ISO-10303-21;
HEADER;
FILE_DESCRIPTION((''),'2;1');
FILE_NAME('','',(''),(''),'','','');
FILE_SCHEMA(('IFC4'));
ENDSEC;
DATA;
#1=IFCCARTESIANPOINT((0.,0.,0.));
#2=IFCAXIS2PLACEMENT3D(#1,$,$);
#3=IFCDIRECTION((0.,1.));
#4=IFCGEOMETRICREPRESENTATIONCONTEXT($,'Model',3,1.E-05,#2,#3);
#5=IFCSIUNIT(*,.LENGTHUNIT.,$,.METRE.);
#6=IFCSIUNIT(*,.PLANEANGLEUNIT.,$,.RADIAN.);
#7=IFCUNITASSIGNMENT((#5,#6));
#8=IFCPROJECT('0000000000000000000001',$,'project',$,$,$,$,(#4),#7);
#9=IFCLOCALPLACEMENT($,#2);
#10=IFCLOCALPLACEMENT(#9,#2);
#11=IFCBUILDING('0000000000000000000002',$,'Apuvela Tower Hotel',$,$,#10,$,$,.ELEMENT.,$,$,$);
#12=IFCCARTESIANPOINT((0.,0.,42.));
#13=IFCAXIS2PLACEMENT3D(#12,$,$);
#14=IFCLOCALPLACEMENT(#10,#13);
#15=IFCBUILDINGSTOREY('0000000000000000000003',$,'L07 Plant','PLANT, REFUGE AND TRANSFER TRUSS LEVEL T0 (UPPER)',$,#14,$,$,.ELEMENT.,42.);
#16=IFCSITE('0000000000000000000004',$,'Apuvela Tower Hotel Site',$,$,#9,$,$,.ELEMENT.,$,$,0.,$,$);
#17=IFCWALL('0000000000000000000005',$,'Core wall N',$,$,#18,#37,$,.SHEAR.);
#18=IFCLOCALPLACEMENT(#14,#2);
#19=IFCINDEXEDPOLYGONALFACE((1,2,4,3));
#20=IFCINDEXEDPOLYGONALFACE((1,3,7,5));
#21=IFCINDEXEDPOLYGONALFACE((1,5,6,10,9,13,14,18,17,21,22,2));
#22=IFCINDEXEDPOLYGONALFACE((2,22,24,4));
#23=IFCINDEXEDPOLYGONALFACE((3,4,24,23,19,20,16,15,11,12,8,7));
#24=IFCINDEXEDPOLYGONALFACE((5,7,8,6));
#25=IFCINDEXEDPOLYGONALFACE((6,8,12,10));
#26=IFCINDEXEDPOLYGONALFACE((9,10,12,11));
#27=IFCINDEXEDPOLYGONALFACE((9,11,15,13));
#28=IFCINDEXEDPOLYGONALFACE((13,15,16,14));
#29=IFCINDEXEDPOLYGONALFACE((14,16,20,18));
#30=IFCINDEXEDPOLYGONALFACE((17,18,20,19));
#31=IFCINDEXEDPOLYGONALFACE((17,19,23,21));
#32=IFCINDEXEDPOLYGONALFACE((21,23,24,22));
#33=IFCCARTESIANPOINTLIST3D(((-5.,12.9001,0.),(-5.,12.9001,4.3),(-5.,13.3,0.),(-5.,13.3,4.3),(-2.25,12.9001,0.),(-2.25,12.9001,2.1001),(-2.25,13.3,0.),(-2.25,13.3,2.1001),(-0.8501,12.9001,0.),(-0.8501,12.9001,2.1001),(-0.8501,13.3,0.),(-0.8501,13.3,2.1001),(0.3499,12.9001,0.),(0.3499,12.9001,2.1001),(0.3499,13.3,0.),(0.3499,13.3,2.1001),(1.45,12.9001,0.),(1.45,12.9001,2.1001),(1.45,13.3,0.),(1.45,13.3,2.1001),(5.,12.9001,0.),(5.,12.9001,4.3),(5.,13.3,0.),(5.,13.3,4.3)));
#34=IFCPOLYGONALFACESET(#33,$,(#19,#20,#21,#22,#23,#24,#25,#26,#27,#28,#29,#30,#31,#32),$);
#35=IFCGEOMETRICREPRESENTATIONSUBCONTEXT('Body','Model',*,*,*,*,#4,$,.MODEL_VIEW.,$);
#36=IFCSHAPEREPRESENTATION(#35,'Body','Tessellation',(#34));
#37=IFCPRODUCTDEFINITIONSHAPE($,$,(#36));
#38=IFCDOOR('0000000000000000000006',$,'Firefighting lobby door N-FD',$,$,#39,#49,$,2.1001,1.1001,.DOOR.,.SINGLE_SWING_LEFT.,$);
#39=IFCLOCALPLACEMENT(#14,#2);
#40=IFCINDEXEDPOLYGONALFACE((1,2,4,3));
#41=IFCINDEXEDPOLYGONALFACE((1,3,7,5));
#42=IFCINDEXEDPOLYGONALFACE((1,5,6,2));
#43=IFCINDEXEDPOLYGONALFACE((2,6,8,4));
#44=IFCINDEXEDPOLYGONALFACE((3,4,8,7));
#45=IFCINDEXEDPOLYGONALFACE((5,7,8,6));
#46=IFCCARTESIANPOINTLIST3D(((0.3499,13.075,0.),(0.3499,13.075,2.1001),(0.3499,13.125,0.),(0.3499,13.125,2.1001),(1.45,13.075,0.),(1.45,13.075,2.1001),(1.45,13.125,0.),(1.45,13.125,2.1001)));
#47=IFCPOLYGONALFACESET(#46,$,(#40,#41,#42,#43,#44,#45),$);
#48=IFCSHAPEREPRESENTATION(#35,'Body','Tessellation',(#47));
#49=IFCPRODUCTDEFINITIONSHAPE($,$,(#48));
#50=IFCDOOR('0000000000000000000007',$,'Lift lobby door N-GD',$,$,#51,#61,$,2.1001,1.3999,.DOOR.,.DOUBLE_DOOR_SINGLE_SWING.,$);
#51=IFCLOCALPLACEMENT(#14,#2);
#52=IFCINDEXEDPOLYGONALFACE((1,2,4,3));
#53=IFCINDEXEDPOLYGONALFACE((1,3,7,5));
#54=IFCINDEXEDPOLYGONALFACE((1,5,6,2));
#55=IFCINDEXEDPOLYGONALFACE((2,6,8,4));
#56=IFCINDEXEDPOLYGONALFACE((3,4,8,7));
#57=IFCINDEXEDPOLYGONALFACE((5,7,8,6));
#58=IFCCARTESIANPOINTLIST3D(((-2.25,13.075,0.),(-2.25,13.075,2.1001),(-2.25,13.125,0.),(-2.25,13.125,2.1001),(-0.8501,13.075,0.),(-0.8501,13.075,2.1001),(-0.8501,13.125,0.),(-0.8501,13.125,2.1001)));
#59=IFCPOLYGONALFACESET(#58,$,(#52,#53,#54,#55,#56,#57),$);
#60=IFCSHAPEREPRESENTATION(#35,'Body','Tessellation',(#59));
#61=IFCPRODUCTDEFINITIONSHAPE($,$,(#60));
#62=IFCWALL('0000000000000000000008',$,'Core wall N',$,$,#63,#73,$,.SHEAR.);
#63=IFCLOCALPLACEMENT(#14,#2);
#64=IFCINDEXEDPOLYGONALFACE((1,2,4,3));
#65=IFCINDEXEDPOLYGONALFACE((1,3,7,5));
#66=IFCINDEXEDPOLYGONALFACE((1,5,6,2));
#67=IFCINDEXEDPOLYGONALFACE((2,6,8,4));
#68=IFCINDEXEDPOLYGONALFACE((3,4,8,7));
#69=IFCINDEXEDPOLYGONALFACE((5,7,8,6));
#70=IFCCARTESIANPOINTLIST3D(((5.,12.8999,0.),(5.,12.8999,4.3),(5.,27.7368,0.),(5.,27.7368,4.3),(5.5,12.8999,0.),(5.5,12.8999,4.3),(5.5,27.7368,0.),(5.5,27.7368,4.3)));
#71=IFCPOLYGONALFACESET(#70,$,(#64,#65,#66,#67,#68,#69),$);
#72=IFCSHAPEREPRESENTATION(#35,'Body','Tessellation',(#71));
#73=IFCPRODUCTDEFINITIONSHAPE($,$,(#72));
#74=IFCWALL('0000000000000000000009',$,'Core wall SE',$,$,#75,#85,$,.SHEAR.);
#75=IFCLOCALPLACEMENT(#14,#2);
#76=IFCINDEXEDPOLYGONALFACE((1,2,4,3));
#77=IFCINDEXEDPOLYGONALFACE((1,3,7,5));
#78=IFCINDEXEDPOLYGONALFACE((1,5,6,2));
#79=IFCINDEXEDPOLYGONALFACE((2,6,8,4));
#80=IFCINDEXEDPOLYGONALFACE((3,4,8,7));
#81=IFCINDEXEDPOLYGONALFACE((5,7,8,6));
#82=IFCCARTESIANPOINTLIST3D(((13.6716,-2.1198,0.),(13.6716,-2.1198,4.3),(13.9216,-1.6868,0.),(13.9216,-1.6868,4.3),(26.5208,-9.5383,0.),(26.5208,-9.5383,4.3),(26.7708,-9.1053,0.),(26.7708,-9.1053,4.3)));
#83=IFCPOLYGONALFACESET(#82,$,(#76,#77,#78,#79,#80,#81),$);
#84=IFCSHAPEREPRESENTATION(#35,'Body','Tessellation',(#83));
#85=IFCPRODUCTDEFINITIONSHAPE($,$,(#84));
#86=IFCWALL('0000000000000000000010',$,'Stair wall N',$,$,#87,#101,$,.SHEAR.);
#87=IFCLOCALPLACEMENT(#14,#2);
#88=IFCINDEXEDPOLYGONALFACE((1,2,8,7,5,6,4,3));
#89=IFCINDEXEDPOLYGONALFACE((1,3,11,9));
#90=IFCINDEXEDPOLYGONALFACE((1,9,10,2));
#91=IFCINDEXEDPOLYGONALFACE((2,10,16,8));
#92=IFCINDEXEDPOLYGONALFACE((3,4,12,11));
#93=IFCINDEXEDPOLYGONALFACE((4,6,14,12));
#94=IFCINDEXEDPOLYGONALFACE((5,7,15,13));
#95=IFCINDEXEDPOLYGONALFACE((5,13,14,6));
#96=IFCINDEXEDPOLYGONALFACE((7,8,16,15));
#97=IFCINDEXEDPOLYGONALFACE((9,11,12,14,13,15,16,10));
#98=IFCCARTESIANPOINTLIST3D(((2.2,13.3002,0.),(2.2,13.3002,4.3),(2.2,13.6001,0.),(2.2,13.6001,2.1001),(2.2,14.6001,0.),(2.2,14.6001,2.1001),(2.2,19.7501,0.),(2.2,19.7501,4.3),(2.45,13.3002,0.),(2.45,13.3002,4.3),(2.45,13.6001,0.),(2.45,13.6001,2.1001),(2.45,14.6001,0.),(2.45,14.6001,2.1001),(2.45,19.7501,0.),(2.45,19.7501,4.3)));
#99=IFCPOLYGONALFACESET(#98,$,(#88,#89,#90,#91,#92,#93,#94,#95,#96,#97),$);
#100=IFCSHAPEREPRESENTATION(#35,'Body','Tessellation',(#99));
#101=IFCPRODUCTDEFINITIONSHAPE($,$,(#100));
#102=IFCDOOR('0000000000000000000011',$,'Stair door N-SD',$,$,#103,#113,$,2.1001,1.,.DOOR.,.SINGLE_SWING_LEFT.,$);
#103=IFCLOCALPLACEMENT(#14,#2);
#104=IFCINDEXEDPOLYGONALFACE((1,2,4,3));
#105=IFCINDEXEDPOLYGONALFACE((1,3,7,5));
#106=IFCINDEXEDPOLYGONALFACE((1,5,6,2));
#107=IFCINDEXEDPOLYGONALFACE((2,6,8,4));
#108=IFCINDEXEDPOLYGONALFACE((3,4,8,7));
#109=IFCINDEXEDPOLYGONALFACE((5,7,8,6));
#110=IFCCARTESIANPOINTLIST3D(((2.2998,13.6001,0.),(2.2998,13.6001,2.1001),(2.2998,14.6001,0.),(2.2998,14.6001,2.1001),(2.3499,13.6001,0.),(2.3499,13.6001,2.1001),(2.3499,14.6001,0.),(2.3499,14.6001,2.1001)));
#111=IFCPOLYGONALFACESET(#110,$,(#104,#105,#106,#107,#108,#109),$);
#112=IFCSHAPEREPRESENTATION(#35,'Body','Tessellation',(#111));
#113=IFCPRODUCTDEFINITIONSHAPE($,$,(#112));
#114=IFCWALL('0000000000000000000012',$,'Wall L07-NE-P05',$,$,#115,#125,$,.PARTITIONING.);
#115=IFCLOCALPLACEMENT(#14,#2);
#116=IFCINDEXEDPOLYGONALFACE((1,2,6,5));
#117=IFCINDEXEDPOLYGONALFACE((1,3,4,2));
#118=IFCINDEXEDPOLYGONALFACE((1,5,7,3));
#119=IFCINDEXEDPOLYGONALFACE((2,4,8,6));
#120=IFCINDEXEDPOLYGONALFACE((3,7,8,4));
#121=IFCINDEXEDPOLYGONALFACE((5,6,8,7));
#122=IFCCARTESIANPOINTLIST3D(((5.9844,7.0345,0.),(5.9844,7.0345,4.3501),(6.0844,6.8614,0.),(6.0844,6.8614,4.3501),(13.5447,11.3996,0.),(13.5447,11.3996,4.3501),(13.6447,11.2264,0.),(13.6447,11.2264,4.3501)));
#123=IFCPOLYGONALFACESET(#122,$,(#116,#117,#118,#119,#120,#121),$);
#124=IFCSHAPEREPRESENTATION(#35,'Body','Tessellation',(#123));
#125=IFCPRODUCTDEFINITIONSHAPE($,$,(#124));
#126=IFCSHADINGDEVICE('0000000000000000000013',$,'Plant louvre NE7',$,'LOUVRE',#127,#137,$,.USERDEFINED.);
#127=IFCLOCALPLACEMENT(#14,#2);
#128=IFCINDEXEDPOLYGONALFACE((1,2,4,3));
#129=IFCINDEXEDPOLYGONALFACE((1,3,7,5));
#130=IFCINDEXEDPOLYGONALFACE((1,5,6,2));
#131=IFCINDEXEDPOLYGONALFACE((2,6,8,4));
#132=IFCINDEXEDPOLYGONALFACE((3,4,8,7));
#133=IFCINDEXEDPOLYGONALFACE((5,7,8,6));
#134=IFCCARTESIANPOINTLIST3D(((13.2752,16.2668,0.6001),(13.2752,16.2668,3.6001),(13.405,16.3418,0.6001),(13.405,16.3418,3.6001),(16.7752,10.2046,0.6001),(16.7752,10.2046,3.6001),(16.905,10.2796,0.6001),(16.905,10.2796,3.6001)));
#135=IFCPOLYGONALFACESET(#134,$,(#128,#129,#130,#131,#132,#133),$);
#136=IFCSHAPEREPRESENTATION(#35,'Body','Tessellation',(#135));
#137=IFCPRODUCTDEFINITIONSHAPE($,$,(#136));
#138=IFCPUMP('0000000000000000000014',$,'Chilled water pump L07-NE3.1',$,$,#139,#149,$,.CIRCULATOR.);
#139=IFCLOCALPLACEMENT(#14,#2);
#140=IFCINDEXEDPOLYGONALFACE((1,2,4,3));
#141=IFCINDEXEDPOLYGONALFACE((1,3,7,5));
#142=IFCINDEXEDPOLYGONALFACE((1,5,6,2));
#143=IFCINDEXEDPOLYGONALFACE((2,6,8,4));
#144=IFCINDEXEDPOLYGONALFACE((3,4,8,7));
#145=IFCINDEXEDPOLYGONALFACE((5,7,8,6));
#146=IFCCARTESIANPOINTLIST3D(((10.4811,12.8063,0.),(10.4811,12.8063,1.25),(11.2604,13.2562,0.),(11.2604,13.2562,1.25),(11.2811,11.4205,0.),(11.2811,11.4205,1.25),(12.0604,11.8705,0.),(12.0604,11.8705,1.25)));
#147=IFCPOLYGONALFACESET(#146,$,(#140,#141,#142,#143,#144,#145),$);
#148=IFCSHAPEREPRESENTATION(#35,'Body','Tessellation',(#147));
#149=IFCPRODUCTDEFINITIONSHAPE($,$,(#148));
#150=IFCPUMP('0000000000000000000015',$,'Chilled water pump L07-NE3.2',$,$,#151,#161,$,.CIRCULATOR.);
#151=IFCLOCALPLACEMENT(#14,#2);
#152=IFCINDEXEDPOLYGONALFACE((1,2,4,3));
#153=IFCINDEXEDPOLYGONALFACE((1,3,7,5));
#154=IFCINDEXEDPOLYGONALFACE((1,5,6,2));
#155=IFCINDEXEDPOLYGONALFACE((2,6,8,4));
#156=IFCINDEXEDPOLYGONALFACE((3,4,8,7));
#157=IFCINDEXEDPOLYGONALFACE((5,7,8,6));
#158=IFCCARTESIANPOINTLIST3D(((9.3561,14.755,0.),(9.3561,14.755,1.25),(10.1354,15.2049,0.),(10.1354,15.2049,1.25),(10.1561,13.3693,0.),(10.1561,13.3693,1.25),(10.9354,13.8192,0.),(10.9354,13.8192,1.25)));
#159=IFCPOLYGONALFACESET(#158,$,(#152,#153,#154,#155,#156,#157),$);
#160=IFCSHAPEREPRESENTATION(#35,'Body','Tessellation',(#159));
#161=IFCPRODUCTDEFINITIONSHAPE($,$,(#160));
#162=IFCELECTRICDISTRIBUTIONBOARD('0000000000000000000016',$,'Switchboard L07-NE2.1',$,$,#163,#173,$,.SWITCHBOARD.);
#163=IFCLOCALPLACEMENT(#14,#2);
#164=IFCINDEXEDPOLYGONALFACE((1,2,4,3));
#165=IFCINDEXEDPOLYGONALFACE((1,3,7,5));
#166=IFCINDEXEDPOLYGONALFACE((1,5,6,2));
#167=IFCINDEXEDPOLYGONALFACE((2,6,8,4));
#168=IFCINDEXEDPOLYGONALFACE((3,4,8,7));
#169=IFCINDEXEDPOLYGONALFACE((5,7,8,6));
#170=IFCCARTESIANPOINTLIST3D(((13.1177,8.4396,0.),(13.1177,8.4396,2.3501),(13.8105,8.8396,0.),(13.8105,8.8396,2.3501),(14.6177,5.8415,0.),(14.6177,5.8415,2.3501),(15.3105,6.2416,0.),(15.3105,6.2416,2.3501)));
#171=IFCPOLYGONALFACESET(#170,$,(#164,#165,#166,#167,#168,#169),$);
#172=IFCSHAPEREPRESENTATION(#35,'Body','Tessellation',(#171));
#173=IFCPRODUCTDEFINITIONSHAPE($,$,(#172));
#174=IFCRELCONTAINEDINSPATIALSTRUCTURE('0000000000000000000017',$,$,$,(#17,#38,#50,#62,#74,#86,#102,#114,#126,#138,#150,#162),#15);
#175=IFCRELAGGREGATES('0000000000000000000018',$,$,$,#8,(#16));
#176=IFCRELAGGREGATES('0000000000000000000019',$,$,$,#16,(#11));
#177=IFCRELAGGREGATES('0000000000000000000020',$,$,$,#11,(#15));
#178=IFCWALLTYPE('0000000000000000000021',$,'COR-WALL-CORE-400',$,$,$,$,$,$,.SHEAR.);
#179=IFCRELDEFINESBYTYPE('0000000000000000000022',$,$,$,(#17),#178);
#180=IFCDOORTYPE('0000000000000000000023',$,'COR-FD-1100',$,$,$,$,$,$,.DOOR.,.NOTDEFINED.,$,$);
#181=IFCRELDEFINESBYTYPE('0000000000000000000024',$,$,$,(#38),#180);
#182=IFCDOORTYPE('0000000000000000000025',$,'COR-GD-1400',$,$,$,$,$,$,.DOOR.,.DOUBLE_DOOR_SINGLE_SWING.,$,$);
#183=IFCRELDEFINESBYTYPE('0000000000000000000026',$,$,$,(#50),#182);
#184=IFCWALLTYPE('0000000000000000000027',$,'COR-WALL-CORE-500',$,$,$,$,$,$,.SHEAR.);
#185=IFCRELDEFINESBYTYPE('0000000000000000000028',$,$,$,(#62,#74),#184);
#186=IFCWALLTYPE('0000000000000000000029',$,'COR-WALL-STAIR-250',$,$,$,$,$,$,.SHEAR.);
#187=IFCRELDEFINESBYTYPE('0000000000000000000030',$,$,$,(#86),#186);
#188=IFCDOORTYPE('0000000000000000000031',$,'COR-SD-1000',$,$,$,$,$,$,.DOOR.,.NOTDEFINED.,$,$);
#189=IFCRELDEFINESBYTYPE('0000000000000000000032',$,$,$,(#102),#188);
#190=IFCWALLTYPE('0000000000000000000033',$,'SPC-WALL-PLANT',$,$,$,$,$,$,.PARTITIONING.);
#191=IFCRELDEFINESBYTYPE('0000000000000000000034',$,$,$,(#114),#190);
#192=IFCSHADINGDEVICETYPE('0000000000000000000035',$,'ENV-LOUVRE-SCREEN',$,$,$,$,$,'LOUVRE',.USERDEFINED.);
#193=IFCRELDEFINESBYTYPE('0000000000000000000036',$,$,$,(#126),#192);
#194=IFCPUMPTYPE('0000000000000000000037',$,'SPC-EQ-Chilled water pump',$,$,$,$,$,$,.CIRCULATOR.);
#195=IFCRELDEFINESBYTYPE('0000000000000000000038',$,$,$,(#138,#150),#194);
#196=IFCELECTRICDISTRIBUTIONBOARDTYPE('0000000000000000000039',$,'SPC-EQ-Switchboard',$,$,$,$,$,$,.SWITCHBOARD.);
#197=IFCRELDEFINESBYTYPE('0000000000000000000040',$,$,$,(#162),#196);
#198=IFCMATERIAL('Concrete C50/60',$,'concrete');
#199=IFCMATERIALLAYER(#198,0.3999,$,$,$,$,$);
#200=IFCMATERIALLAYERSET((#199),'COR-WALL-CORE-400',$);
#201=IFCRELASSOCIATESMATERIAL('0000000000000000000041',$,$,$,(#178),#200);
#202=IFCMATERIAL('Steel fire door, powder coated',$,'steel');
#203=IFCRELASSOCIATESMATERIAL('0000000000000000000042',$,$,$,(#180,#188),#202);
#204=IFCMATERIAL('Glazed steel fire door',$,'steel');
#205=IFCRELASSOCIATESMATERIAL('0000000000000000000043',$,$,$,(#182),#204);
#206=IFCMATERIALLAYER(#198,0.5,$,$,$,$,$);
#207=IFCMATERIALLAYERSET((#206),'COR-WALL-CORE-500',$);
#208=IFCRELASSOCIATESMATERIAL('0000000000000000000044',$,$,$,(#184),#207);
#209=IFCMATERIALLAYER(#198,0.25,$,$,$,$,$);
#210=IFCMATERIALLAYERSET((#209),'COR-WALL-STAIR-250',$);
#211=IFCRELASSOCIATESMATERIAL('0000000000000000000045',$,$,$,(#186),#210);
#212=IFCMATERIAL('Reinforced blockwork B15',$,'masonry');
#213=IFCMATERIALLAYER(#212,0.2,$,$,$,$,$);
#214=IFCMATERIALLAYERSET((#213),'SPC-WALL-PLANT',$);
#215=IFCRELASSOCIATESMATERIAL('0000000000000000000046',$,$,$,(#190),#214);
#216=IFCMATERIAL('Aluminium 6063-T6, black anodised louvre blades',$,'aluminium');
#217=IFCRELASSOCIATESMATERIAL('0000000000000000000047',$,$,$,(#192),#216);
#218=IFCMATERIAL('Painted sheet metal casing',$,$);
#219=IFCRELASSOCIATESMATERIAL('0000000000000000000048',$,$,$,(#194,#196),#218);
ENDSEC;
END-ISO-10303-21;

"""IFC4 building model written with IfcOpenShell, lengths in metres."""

from ifc_helpers import new_model, si_unit, direction, frame, frame_2d, origin, origin_2d, place, context, subcontext, project, spatial, rectangle, extrude, material, layer, layer_set, type_object, element, fill, save


model = new_model("IFC4")

# Units and contexts
model_context = context("Model", 3, precision=1e-05, world=origin(), true_north=direction((0.0, 1.0)))
body_context = subcontext(model_context, "Body", "Model", "MODEL_VIEW")
ifc_project = project(units=[si_unit("LENGTHUNIT", "METRE"), si_unit("PLANEANGLEUNIT", "RADIAN")], contexts=[model_context])

# Site, building, storey
site_placement = place(None, origin())
site = spatial("IfcSite", under=ifc_project, at=site_placement, Name="Apuvela Tower Hotel Site", CompositionType="ELEMENT", RefElevation=0.0)
building_placement = place(site_placement, origin())
building = spatial("IfcBuilding", under=site, at=building_placement, Name="Apuvela Tower Hotel", CompositionType="ELEMENT")
storey_placement = place(building_placement, frame((0.0, 0.0, 42.0)))
storey = spatial("IfcBuildingStorey", under=building, at=storey_placement, Name="L07 Plant", Description="PLANT, REFUGE AND TRANSFER TRUSS LEVEL T0 (UPPER)", CompositionType="ELEMENT", Elevation=42.0)

# Wall, openings, doors
ifc_material_1 = material(Name="Concrete C50/60", Category="concrete")
ifc_layer_1 = layer(ifc_material_1, 0.3999)
ifc_layer_set_1 = layer_set([ifc_layer_1], Name="COR-WALL-CORE-400")
wall_type_1 = type_object("IfcWallType", Name="COR-WALL-CORE-400", PredefinedType="SHEAR", material=ifc_layer_set_1)
wall_1_placement = place(storey_placement, frame((5.0, 13.1001, 0.0), z_axis=(0.0, 0.0, 1.0), x_axis=(-1.0, 0.0, 0.0)))
wall_1 = element("IfcWall", 1, at=wall_1_placement, inside=storey, type_object=wall_type_1, Name="Core wall N", PredefinedType="SHEAR", context=body_context, shape_type="SweptSolid", body=[
    extrude(rectangle(XDim=10.0, YDim=0.3999, at=frame_2d((5.0, 0.0))), origin(), (0.0, 0.0, 1.0), 4.3),
])
opening_1_placement = place(wall_1_placement, frame((3.55, 0.0, 0.0)))
opening_1 = element("IfcOpeningElement", 2, at=opening_1_placement, cuts=wall_1, PredefinedType="OPENING", context=body_context, shape_type="SweptSolid", body=[
    extrude(rectangle(XDim=1.1001, YDim=2.1001, at=frame_2d((0.55, 1.05))), frame((0.0, 0.21, 0.0), z_axis=(0.0, -1.0, 0.0), x_axis=(1.0, 0.0, 0.0)), (0.0, 0.0, 1.0), 0.4199),
])
opening_2_placement = place(wall_1_placement, frame((5.8501, 0.0, 0.0)))
opening_2 = element("IfcOpeningElement", 3, at=opening_2_placement, cuts=wall_1, PredefinedType="OPENING", context=body_context, shape_type="SweptSolid", body=[
    extrude(rectangle(XDim=1.3999, YDim=2.1001, at=frame_2d((0.7, 1.05))), frame((0.0, 0.21, 0.0), z_axis=(0.0, -1.0, 0.0), x_axis=(1.0, 0.0, 0.0)), (0.0, 0.0, 1.0), 0.4199),
])
ifc_material_2 = material(Name="Steel fire door, powder coated", Category="steel")
door_type_1 = type_object("IfcDoorType", Name="COR-FD-1100", OperationType="NOTDEFINED", PredefinedType="DOOR", material=ifc_material_2)
door_1_placement = place(opening_1_placement, frame((1.1001, 0.0, 0.0), z_axis=(0.0, 0.0, 1.0), x_axis=(-1.0, 0.0, 0.0)))
door_1 = element("IfcDoor", 4, at=door_1_placement, inside=storey, type_object=door_type_1, Name="Firefighting lobby door N-FD", OperationType="SINGLE_SWING_LEFT", OverallHeight=2.1001, OverallWidth=1.1001, PredefinedType="DOOR", context=body_context, shape_type="SweptSolid", body=[
    extrude(rectangle(XDim=1.1001, YDim=2.1001, at=frame_2d((0.55, 1.05))), frame((0.0, 0.0249, 0.0), z_axis=(0.0, -1.0, 0.0), x_axis=(1.0, 0.0, 0.0)), (0.0, 0.0, 1.0), 0.05),
])
fill(opening_1, door_1)
ifc_material_3 = material(Name="Glazed steel fire door", Category="steel")
door_type_2 = type_object("IfcDoorType", Name="COR-GD-1400", OperationType="DOUBLE_DOOR_SINGLE_SWING", PredefinedType="DOOR", material=ifc_material_3)
door_2_placement = place(opening_2_placement, frame((1.3999, 0.0, 0.0), z_axis=(0.0, 0.0, 1.0), x_axis=(-1.0, 0.0, 0.0)))
door_2 = element("IfcDoor", 5, at=door_2_placement, inside=storey, type_object=door_type_2, Name="Lift lobby door N-GD", OperationType="DOUBLE_DOOR_SINGLE_SWING", OverallHeight=2.1001, OverallWidth=1.3999, PredefinedType="DOOR", context=body_context, shape_type="SweptSolid", body=[
    extrude(rectangle(XDim=1.3999, YDim=2.1001, at=frame_2d((0.7, 1.05))), frame((0.0, 0.0249, 0.0), z_axis=(0.0, -1.0, 0.0), x_axis=(1.0, 0.0, 0.0)), (0.0, 0.0, 1.0), 0.05),
])
fill(opening_2, door_2)

# Walls
ifc_layer_2 = layer(ifc_material_1, 0.5)
ifc_layer_set_2 = layer_set([ifc_layer_2], Name="COR-WALL-CORE-500")
wall_type_2 = type_object("IfcWallType", Name="COR-WALL-CORE-500", PredefinedType="SHEAR", material=ifc_layer_set_2)
for number, where, z_axis, x_axis, name in (
    (6, (5.25, 12.8999, 0.0), (0.0, 0.0, 1.0), (0.0, 1.0, 0.0), "Core wall N"),
    (7, (13.7966, -1.9033, 0.0), (0.0, 0.0, 1.0), (0.866025, -0.500001, 0.0), "Core wall SE"),
):
    element("IfcWall", number, at=place(storey_placement, frame(where, z_axis=z_axis, x_axis=x_axis)), inside=storey, type_object=wall_type_2, Name=name, PredefinedType="SHEAR", context=body_context, shape_type="SweptSolid", body=[
        extrude(rectangle(XDim=14.8369, YDim=0.5, at=frame_2d((7.4185, 0.0))), origin(), (0.0, 0.0, 1.0), 4.3),
    ])

# Wall, opening, door
ifc_layer_3 = layer(ifc_material_1, 0.25)
ifc_layer_set_3 = layer_set([ifc_layer_3], Name="COR-WALL-STAIR-250")
wall_type_3 = type_object("IfcWallType", Name="COR-WALL-STAIR-250", PredefinedType="SHEAR", material=ifc_layer_set_3)
wall_2_placement = place(storey_placement, frame((2.325, 13.3, 0.0), z_axis=(0.0, 0.0, 1.0), x_axis=(0.0, 1.0, 0.0)))
wall_2 = element("IfcWall", 8, at=wall_2_placement, inside=storey, type_object=wall_type_3, Name="Stair wall N", PredefinedType="SHEAR", context=body_context, shape_type="SweptSolid", body=[
    extrude(rectangle(XDim=6.45, YDim=0.25, at=frame_2d((3.2251, 0.0))), origin(), (0.0, 0.0, 1.0), 4.3),
])
opening_3_placement = place(wall_2_placement, frame((0.3, 0.0, 0.0)))
opening_3 = element("IfcOpeningElement", 9, at=opening_3_placement, cuts=wall_2, PredefinedType="OPENING", context=body_context, shape_type="SweptSolid", body=[
    extrude(rectangle(XDim=1.0, YDim=2.1001, at=frame_2d((0.5, 1.05))), frame((0.0, 0.135, 0.0), z_axis=(0.0, -1.0, 0.0), x_axis=(1.0, 0.0, 0.0)), (0.0, 0.0, 1.0), 0.27),
])
door_type_3 = type_object("IfcDoorType", Name="COR-SD-1000", OperationType="NOTDEFINED", PredefinedType="DOOR", material=ifc_material_2)
door_3_placement = place(opening_3_placement, frame((1.0, 0.0, 0.0), z_axis=(0.0, 0.0, 1.0), x_axis=(-1.0, 0.0, 0.0)))
door_3 = element("IfcDoor", 10, at=door_3_placement, inside=storey, type_object=door_type_3, Name="Stair door N-SD", OperationType="SINGLE_SWING_LEFT", OverallHeight=2.1001, OverallWidth=1.0, PredefinedType="DOOR", context=body_context, shape_type="SweptSolid", body=[
    extrude(rectangle(XDim=1.0, YDim=2.1001, at=frame_2d((0.5, 1.05))), frame((0.0, 0.0249, 0.0), z_axis=(0.0, -1.0, 0.0), x_axis=(1.0, 0.0, 0.0)), (0.0, 0.0, 1.0), 0.05),
])
fill(opening_3, door_3)

# Wall
ifc_material_4 = material(Name="Reinforced blockwork B15", Category="masonry")
ifc_layer_4 = layer(ifc_material_4, 0.2)
ifc_layer_set_4 = layer_set([ifc_layer_4], Name="SPC-WALL-PLANT")
wall_type_4 = type_object("IfcWallType", Name="SPC-WALL-PLANT", PredefinedType="PARTITIONING", material=ifc_layer_set_4)
wall_3_placement = place(storey_placement, frame((13.5947, 11.313, 0.0), z_axis=(0.0, 0.0, 1.0), x_axis=(-0.866023, -0.500004, 0.0)))
element("IfcWall", 11, at=wall_3_placement, inside=storey, type_object=wall_type_4, Name="Wall L07-NE-P05", PredefinedType="PARTITIONING", context=body_context, shape_type="SweptSolid", body=[
    extrude(rectangle(XDim=8.73, YDim=0.2, at=frame_2d((4.365, 0.0))), origin(), (0.0, 0.0, 1.0), 4.3501),
])

# Shading device
ifc_material_5 = material(Name="Aluminium 6063-T6, black anodised louvre blades", Category="aluminium")
shading_device_type = type_object("IfcShadingDeviceType", Name="ENV-LOUVRE-SCREEN", ElementType="LOUVRE", PredefinedType="USERDEFINED", material=ifc_material_5)
shading_device_placement = place(storey_placement, frame((15.0901, 13.2732, 0.6001), z_axis=(0.0, 0.0, 1.0), x_axis=(-0.5, 0.866025, 0.0)))
element("IfcShadingDevice", 12, at=shading_device_placement, inside=storey, type_object=shading_device_type, Name="Plant louvre NE7", ObjectType="LOUVRE", PredefinedType="USERDEFINED", context=body_context, shape_type="SweptSolid", body=[
    extrude(rectangle(XDim=7.0, YDim=0.1499, at=origin_2d()), origin(), (0.0, 0.0, 1.0), 3.0),
])

# Pumps
ifc_material_6 = material(Name="Painted sheet metal casing")
pump_type = type_object("IfcPumpType", Name="SPC-EQ-Chilled water pump", PredefinedType="CIRCULATOR", material=ifc_material_6)
for number, where, z_axis, x_axis, name in (
    (13, (11.2708, 12.3384, 0.0), (0.0, 0.0, 1.0), (-0.5, 0.866025, 0.0), "Chilled water pump L07-NE3.1"),
    (14, (10.1458, 14.2871, 0.0), (0.0, 0.0, 1.0), (-0.5, 0.866025, 0.0), "Chilled water pump L07-NE3.2"),
):
    element("IfcPump", number, at=place(storey_placement, frame(where, z_axis=z_axis, x_axis=x_axis)), inside=storey, type_object=pump_type, Name=name, PredefinedType="CIRCULATOR", context=body_context, shape_type="SweptSolid", body=[
        extrude(rectangle(XDim=1.6001, YDim=0.8999, at=origin_2d()), origin(), (0.0, 0.0, 1.0), 1.25),
    ])

# Electric distribution board
electric_distribution_board_type = type_object("IfcElectricDistributionBoardType", Name="SPC-EQ-Switchboard", PredefinedType="SWITCHBOARD", material=ifc_material_6)
for number, where, z_axis, x_axis, name in (
    (15, (14.2141, 7.3406, 0.0), (0.0, 0.0, 1.0), (-0.5, 0.866025, 0.0), "Switchboard L07-NE2.1"),
):
    element("IfcElectricDistributionBoard", number, at=place(storey_placement, frame(where, z_axis=z_axis, x_axis=x_axis)), inside=storey, type_object=electric_distribution_board_type, Name=name, PredefinedType="SWITCHBOARD", context=body_context, shape_type="SweptSolid", body=[
        extrude(rectangle(XDim=3.0, YDim=0.8, at=origin_2d()), origin(), (0.0, 0.0, 1.0), 2.3501),
    ])

save(model, "model.ifc")
